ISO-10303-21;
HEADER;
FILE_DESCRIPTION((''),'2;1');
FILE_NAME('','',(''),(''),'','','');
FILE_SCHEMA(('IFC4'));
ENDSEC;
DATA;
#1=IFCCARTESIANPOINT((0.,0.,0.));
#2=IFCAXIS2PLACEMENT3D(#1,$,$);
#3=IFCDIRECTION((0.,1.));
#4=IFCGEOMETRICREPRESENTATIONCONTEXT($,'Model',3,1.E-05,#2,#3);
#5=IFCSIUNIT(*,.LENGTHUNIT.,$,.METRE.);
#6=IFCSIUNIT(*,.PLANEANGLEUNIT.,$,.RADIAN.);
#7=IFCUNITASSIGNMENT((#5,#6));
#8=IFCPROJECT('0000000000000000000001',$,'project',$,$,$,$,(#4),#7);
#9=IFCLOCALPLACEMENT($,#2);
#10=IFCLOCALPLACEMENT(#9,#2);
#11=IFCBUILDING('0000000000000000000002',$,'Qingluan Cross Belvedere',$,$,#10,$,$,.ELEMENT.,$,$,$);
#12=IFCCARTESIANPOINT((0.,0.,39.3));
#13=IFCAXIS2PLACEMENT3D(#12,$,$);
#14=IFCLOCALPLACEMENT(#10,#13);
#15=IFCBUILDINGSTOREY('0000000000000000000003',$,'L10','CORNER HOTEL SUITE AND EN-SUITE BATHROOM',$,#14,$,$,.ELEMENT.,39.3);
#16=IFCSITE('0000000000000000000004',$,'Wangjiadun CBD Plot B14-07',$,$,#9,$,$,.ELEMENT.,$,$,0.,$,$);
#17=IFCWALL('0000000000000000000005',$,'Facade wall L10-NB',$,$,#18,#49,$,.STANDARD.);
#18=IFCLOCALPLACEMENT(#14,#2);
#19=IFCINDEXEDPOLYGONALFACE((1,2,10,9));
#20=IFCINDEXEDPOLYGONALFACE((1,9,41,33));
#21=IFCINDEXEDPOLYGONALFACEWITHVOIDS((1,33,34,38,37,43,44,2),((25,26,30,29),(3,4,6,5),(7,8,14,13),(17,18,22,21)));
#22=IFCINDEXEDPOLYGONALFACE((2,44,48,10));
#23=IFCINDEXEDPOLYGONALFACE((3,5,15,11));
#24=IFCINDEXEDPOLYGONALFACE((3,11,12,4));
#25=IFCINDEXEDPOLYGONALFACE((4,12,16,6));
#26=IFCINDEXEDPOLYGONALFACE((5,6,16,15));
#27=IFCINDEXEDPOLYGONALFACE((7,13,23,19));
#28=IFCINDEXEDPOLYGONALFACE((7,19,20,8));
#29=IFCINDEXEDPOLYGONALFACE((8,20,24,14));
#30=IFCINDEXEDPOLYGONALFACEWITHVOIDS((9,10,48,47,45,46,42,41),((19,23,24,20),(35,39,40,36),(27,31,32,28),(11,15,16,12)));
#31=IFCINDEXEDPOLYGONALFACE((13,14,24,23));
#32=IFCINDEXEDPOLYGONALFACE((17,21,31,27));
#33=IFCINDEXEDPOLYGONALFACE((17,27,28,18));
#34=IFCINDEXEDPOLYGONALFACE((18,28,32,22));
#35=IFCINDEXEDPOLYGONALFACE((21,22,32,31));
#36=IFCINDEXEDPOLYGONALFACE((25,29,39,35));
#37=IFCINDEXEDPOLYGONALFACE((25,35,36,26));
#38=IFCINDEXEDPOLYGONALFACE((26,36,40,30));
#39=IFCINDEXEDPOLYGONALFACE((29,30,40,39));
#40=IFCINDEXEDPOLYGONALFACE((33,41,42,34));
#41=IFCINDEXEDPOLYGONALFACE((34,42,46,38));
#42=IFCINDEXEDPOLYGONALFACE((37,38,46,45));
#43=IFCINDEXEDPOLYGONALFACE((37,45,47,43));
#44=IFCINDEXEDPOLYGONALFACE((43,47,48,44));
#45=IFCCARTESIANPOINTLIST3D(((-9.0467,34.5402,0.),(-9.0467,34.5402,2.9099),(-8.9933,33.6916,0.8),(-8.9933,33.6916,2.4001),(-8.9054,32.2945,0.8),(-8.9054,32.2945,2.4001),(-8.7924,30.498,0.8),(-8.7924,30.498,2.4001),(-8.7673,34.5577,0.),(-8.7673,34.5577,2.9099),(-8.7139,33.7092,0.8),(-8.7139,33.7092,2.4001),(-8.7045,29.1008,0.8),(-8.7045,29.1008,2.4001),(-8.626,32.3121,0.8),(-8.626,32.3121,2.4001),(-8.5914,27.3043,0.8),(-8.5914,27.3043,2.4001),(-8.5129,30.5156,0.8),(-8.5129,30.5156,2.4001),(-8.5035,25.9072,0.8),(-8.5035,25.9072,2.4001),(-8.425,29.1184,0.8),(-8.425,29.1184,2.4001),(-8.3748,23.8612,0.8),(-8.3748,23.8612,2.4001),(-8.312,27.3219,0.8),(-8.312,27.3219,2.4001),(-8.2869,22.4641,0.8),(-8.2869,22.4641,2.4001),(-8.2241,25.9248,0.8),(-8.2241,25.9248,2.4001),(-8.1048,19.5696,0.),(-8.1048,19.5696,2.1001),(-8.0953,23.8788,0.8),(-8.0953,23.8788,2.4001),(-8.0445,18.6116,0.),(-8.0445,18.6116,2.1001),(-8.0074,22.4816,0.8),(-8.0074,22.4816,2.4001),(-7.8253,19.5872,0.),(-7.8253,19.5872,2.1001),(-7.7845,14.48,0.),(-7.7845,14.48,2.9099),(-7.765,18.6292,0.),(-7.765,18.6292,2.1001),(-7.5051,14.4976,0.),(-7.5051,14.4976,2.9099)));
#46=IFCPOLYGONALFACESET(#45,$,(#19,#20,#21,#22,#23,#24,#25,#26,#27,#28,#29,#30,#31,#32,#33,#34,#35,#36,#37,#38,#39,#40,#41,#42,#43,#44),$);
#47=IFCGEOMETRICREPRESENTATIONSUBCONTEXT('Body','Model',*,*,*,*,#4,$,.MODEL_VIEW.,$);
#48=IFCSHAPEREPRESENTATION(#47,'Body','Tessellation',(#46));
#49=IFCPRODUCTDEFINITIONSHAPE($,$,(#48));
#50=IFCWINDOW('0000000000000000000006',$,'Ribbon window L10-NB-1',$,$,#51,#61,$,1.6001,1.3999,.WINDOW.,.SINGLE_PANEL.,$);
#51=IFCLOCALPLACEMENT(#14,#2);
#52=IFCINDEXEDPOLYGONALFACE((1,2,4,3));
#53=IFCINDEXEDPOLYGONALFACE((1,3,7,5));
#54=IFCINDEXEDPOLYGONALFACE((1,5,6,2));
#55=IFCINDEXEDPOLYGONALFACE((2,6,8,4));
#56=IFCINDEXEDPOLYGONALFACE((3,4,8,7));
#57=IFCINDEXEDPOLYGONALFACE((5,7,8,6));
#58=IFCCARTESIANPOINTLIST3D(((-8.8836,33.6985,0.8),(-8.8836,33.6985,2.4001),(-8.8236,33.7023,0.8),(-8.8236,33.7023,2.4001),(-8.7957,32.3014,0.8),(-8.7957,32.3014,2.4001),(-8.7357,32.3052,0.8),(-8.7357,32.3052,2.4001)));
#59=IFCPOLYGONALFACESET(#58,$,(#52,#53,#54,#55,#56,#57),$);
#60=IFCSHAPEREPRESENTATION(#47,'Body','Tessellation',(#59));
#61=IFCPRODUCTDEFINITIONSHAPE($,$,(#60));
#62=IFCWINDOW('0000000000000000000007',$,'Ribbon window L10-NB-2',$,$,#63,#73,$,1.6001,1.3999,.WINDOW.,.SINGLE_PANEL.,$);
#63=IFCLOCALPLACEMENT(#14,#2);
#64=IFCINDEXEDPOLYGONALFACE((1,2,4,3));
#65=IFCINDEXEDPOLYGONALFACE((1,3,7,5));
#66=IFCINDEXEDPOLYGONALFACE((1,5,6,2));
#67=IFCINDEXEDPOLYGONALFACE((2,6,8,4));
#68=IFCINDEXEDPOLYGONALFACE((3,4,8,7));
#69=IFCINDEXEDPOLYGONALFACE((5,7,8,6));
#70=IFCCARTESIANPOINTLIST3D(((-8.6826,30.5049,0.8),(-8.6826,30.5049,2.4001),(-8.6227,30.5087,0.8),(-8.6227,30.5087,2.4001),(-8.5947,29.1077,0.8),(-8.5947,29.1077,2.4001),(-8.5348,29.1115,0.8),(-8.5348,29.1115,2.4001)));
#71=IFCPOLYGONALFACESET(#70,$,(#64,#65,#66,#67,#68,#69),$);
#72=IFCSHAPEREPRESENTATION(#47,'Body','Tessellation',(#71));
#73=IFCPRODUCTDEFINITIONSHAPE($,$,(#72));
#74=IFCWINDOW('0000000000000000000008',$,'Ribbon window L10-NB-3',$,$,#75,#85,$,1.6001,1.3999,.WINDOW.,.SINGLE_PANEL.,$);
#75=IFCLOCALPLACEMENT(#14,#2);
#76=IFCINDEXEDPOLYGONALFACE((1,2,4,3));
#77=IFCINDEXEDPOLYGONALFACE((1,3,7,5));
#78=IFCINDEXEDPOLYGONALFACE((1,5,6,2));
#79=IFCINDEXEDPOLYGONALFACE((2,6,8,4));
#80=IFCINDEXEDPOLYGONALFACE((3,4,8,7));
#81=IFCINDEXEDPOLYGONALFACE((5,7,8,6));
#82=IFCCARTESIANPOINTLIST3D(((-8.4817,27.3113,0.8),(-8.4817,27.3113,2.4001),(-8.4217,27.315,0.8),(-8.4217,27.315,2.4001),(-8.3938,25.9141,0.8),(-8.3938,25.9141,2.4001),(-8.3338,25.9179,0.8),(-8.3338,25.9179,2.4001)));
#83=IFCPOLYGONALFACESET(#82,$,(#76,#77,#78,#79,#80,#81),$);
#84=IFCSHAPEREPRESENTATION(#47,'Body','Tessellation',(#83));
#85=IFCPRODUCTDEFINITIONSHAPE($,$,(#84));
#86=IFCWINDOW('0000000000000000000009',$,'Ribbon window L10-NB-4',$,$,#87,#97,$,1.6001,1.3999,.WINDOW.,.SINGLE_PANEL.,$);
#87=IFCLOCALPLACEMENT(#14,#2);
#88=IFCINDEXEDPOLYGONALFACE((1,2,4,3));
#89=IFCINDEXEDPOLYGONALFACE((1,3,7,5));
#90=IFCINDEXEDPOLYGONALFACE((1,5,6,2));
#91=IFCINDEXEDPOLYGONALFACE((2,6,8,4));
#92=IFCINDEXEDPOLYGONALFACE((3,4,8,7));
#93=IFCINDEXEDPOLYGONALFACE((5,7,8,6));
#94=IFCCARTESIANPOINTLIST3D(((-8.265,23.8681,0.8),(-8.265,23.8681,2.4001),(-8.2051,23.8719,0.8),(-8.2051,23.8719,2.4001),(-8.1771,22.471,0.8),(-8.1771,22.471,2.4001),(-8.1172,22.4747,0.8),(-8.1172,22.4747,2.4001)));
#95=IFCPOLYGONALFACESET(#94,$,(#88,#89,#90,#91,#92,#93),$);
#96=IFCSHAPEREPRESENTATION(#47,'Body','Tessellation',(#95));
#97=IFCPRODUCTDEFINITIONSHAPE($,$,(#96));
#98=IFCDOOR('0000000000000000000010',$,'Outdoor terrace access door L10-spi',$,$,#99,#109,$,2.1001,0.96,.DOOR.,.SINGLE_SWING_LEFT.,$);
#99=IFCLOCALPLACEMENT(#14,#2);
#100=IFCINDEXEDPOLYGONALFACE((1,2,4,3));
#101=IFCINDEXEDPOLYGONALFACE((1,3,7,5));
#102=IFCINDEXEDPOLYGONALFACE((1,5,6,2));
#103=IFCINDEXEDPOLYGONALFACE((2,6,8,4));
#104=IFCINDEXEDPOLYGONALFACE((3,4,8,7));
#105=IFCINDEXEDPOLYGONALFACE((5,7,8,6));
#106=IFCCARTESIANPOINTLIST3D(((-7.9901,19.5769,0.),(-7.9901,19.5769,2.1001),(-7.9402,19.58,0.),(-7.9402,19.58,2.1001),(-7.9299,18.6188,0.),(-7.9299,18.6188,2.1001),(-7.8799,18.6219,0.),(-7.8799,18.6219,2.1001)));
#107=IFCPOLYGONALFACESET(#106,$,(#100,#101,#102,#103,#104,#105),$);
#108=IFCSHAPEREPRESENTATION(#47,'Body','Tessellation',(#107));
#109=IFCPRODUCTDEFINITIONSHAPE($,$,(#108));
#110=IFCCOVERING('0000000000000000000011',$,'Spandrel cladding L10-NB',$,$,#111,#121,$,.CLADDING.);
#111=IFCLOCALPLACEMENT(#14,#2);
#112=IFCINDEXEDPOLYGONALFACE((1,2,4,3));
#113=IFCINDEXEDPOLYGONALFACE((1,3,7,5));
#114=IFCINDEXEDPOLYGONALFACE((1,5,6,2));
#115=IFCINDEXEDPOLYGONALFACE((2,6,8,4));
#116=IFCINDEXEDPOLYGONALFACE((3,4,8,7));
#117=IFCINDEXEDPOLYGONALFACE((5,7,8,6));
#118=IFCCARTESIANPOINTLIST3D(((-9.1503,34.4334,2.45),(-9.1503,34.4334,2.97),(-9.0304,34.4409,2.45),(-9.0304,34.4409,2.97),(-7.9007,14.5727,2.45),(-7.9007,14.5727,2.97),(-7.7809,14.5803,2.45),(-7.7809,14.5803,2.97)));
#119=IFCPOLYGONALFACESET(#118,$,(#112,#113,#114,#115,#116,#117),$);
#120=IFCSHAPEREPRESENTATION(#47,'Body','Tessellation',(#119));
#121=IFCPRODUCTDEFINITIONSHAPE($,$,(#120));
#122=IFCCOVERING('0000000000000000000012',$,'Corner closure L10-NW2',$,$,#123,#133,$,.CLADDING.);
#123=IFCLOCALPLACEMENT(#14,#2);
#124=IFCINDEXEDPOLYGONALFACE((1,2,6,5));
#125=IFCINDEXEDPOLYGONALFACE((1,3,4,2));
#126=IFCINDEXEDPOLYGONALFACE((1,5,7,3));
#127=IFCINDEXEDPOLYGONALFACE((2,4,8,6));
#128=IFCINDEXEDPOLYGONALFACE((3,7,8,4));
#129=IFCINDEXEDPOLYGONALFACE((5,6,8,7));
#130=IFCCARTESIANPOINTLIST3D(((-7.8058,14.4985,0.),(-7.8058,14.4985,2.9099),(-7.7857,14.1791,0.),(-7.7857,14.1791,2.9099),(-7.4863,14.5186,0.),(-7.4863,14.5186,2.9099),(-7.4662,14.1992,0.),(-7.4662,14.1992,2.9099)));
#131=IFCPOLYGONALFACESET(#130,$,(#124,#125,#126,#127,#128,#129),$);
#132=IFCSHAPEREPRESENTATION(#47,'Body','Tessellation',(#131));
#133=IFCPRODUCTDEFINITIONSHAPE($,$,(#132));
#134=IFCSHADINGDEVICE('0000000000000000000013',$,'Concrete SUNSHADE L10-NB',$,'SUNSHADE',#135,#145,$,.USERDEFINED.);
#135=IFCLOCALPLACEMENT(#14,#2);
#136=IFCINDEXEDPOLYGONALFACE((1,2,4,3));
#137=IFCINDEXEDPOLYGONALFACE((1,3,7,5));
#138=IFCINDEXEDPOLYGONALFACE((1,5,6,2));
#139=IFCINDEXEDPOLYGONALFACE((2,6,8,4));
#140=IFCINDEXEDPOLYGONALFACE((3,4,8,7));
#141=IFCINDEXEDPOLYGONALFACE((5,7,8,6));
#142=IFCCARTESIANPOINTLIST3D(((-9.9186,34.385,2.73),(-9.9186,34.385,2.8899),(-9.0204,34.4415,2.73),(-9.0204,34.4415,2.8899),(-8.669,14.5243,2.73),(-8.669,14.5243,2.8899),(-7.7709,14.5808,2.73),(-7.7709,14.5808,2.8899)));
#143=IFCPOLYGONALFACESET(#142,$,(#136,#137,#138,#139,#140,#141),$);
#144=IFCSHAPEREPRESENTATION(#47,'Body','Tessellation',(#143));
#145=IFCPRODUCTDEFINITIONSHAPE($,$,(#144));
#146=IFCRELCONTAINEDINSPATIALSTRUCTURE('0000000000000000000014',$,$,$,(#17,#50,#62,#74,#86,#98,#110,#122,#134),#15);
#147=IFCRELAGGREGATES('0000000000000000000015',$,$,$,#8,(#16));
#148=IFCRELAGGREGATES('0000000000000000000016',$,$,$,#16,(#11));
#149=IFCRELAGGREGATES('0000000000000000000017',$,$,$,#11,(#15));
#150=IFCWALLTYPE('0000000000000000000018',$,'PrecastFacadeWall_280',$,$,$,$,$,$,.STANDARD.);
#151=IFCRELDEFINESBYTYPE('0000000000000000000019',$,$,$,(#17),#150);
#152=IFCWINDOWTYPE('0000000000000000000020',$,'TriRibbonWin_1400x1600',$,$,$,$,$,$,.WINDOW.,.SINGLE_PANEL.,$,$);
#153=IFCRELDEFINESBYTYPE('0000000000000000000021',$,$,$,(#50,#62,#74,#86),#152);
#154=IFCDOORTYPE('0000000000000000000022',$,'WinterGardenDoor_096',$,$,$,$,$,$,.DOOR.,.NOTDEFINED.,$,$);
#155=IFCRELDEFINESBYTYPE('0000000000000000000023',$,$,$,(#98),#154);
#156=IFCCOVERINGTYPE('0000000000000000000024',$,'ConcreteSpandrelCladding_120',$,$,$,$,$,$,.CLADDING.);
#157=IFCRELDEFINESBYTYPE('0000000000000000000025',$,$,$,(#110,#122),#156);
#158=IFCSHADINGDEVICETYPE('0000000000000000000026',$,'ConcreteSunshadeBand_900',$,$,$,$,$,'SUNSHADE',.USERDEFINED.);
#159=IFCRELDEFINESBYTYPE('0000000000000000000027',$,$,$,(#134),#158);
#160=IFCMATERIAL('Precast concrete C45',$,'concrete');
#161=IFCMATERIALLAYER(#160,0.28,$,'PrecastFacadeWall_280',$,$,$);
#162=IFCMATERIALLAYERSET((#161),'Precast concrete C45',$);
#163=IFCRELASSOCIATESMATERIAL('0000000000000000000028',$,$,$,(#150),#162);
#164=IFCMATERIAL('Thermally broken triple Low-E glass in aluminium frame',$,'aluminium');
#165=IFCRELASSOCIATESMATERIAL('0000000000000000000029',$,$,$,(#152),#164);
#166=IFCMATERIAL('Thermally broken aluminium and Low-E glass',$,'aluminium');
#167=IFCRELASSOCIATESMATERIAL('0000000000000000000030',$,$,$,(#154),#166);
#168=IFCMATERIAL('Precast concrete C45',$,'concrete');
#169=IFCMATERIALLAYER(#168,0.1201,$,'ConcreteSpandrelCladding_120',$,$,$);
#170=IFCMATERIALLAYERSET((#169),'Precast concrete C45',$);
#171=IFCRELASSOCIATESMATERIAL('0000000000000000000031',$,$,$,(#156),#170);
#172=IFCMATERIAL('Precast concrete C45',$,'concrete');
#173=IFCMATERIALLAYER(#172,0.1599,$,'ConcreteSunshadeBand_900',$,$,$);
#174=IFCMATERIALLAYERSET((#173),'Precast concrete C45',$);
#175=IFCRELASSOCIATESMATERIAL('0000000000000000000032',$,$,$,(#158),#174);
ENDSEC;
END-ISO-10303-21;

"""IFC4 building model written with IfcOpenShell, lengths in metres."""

from ifc_helpers import new_model, si_unit, direction, frame, frame_2d, origin, origin_2d, place, context, subcontext, project, spatial, rectangle, extrude, material, layer, layer_set, type_object, element, fill, save


model = new_model("IFC4")

# Units and contexts
model_context = context("Model", 3, precision=1e-05, world=origin(), true_north=direction((0.0, 1.0)))
body_context = subcontext(model_context, "Body", "Model", "MODEL_VIEW")
ifc_project = project(units=[si_unit("LENGTHUNIT", "METRE"), si_unit("PLANEANGLEUNIT", "RADIAN")], contexts=[model_context])

# Site, building, storey
site_placement = place(None, origin())
site = spatial("IfcSite", under=ifc_project, at=site_placement, Name="Wangjiadun CBD Plot B14-07", CompositionType="ELEMENT", RefElevation=0.0)
building_placement = place(site_placement, origin())
building = spatial("IfcBuilding", under=site, at=building_placement, Name="Qingluan Cross Belvedere", CompositionType="ELEMENT")
storey_placement = place(building_placement, frame((0.0, 0.0, 39.3)))
storey = spatial("IfcBuildingStorey", under=building, at=storey_placement, Name="L10", Description="CORNER HOTEL SUITE AND EN-SUITE BATHROOM", CompositionType="ELEMENT", Elevation=39.3)

# Wall, openings, windows, door
ifc_material_1 = material(Name="Precast concrete C45", Category="concrete")
ifc_layer_1 = layer(ifc_material_1, 0.28, Name="PrecastFacadeWall_280")
ifc_layer_set_1 = layer_set([ifc_layer_1], Name="Precast concrete C45")
wall_type_1 = type_object("IfcWallType", Name="PrecastFacadeWall_280", PredefinedType="STANDARD", material=ifc_layer_set_1)
wall_1_placement = place(storey_placement, frame((-8.907, 34.5488, 0.0), z_axis=(0.0, 0.0, 1.0), x_axis=(0.062796, -0.998026, 0.0)))
wall_1 = element("IfcWall", 1, at=wall_1_placement, inside=storey, type_object=wall_type_1, Name="Facade wall L10-NB", PredefinedType="STANDARD", context=body_context, shape_type="SweptSolid", body=[
    extrude(rectangle(XDim=20.0999, YDim=0.28, at=frame_2d((10.0498, 0.0))), origin(), (0.0, 0.0, 1.0), 2.9099),
])
opening_1_placement = place(wall_1_placement, frame((0.8501, 0.0, 0.8)))
opening_1 = element("IfcOpeningElement", 2, at=opening_1_placement, cuts=wall_1, PredefinedType="OPENING", context=body_context, shape_type="SweptSolid", body=[
    extrude(rectangle(XDim=1.3999, YDim=1.6001, at=frame_2d((0.7, 0.8))), frame((0.0, 0.1499, 0.0), z_axis=(0.0, -1.0, 0.0), x_axis=(1.0, 0.0, 0.0)), (0.0, 0.0, 1.0), 0.3),
])
opening_2_placement = place(wall_1_placement, frame((4.05, 0.0, 0.8)))
opening_2 = element("IfcOpeningElement", 3, at=opening_2_placement, cuts=wall_1, PredefinedType="OPENING", context=body_context, shape_type="SweptSolid", body=[
    extrude(rectangle(XDim=1.3999, YDim=1.6001, at=frame_2d((0.7, 0.8))), frame((0.0, 0.1499, 0.0), z_axis=(0.0, -1.0, 0.0), x_axis=(1.0, 0.0, 0.0)), (0.0, 0.0, 1.0), 0.3),
])
opening_3_placement = place(wall_1_placement, frame((7.25, 0.0, 0.8)))
opening_3 = element("IfcOpeningElement", 4, at=opening_3_placement, cuts=wall_1, PredefinedType="OPENING", context=body_context, shape_type="SweptSolid", body=[
    extrude(rectangle(XDim=1.3999, YDim=1.6001, at=frame_2d((0.7, 0.8))), frame((0.0, 0.1499, 0.0), z_axis=(0.0, -1.0, 0.0), x_axis=(1.0, 0.0, 0.0)), (0.0, 0.0, 1.0), 0.3),
])
opening_4_placement = place(wall_1_placement, frame((10.7, 0.0, 0.8)))
opening_4 = element("IfcOpeningElement", 5, at=opening_4_placement, cuts=wall_1, PredefinedType="OPENING", context=body_context, shape_type="SweptSolid", body=[
    extrude(rectangle(XDim=1.3999, YDim=1.6001, at=frame_2d((0.7, 0.8))), frame((0.0, 0.1499, 0.0), z_axis=(0.0, -1.0, 0.0), x_axis=(1.0, 0.0, 0.0)), (0.0, 0.0, 1.0), 0.3),
])
opening_5_placement = place(wall_1_placement, frame((15.0, 0.0, 0.0)))
opening_5 = element("IfcOpeningElement", 6, at=opening_5_placement, cuts=wall_1, PredefinedType="OPENING", context=body_context, shape_type="SweptSolid", body=[
    extrude(rectangle(XDim=0.96, YDim=2.1001, at=frame_2d((0.48, 1.05))), frame((0.0, 0.1499, 0.0), z_axis=(0.0, -1.0, 0.0), x_axis=(1.0, 0.0, 0.0)), (0.0, 0.0, 1.0), 0.3),
])
ifc_material_2 = material(Name="Thermally broken triple Low-E glass in aluminium frame", Category="aluminium")
window_type = type_object("IfcWindowType", Name="TriRibbonWin_1400x1600", PartitioningType="SINGLE_PANEL", PredefinedType="WINDOW", material=ifc_material_2)
window_1_placement = place(opening_1_placement, origin())
window_1 = element("IfcWindow", 7, at=window_1_placement, inside=storey, type_object=window_type, Name="Ribbon window L10-NB-1", OverallHeight=1.6001, OverallWidth=1.3999, PartitioningType="SINGLE_PANEL", PredefinedType="WINDOW", context=body_context, shape_type="SweptSolid", body=[
    extrude(rectangle(XDim=1.3999, YDim=1.6001, at=frame_2d((0.7, 0.8))), frame((0.0, 0.03, 0.0), z_axis=(0.0, -1.0, 0.0), x_axis=(1.0, 0.0, 0.0)), (0.0, 0.0, 1.0), 0.0601),
])
fill(opening_1, window_1)
window_2_placement = place(opening_2_placement, origin())
window_2 = element("IfcWindow", 8, at=window_2_placement, inside=storey, type_object=window_type, Name="Ribbon window L10-NB-2", OverallHeight=1.6001, OverallWidth=1.3999, PartitioningType="SINGLE_PANEL", PredefinedType="WINDOW", context=body_context, shape_type="SweptSolid", body=[
    extrude(rectangle(XDim=1.3999, YDim=1.6001, at=frame_2d((0.7, 0.8))), frame((0.0, 0.03, 0.0), z_axis=(0.0, -1.0, 0.0), x_axis=(1.0, 0.0, 0.0)), (0.0, 0.0, 1.0), 0.0601),
])
fill(opening_2, window_2)
window_3_placement = place(opening_3_placement, origin())
window_3 = element("IfcWindow", 9, at=window_3_placement, inside=storey, type_object=window_type, Name="Ribbon window L10-NB-3", OverallHeight=1.6001, OverallWidth=1.3999, PartitioningType="SINGLE_PANEL", PredefinedType="WINDOW", context=body_context, shape_type="SweptSolid", body=[
    extrude(rectangle(XDim=1.3999, YDim=1.6001, at=frame_2d((0.7, 0.8))), frame((0.0, 0.03, 0.0), z_axis=(0.0, -1.0, 0.0), x_axis=(1.0, 0.0, 0.0)), (0.0, 0.0, 1.0), 0.0601),
])
fill(opening_3, window_3)
window_4_placement = place(opening_4_placement, origin())
window_4 = element("IfcWindow", 10, at=window_4_placement, inside=storey, type_object=window_type, Name="Ribbon window L10-NB-4", OverallHeight=1.6001, OverallWidth=1.3999, PartitioningType="SINGLE_PANEL", PredefinedType="WINDOW", context=body_context, shape_type="SweptSolid", body=[
    extrude(rectangle(XDim=1.3999, YDim=1.6001, at=frame_2d((0.7, 0.8))), frame((0.0, 0.03, 0.0), z_axis=(0.0, -1.0, 0.0), x_axis=(1.0, 0.0, 0.0)), (0.0, 0.0, 1.0), 0.0601),
])
fill(opening_4, window_4)
ifc_material_3 = material(Name="Thermally broken aluminium and Low-E glass", Category="aluminium")
door_type_1 = type_object("IfcDoorType", Name="WinterGardenDoor_096", OperationType="NOTDEFINED", PredefinedType="DOOR", material=ifc_material_3)
door_1_placement = place(opening_5_placement, origin())
door_1 = element("IfcDoor", 11, at=door_1_placement, inside=storey, type_object=door_type_1, Name="Outdoor terrace access door L10-spi", OperationType="SINGLE_SWING_LEFT", OverallHeight=2.1001, OverallWidth=0.96, PredefinedType="DOOR", context=body_context, shape_type="SweptSolid", body=[
    extrude(rectangle(XDim=0.96, YDim=2.1001, at=frame_2d((0.48, 1.05))), frame((0.0, 0.0249, 0.0), z_axis=(0.0, -1.0, 0.0), x_axis=(1.0, 0.0, 0.0)), (0.0, 0.0, 1.0), 0.05),
])
fill(opening_5, door_1)

# Coverings
ifc_material_4 = material(Name="Precast concrete C45", Category="concrete")
ifc_layer_2 = layer(ifc_material_4, 0.1201, Name="ConcreteSpandrelCladding_120")
ifc_layer_set_2 = layer_set([ifc_layer_2], Name="Precast concrete C45")
covering_type_1 = type_object("IfcCoveringType", Name="ConcreteSpandrelCladding_120", PredefinedType="CLADDING", material=ifc_layer_set_2)
covering_1_placement = place(storey_placement, frame((-8.4656, 24.5068, 2.45), z_axis=(0.0, 0.0, 1.0), x_axis=(0.062791, -0.998027, 0.0)))
element("IfcCovering", 12, at=covering_1_placement, inside=storey, type_object=covering_type_1, Name="Spandrel cladding L10-NB", PredefinedType="CLADDING", context=body_context, shape_type="SweptSolid", body=[
    extrude(rectangle(XDim=19.8999, YDim=0.1201, at=origin_2d()), origin(), (0.0, 0.0, 1.0), 0.52),
])
covering_2_placement = place(storey_placement, frame((-7.636, 14.3489, 0.0), z_axis=(0.0, 0.0, 1.0), x_axis=(0.998027, 0.062791, 0.0)))
element("IfcCovering", 13, at=covering_2_placement, inside=storey, type_object=covering_type_1, Name="Corner closure L10-NW2", PredefinedType="CLADDING", context=body_context, shape_type="SweptSolid", body=[
    extrude(rectangle(XDim=0.3201, YDim=0.3201, at=origin_2d()), origin(), (0.0, 0.0, 1.0), 2.9099),
])

# Shading device
ifc_material_5 = material(Name="Precast concrete C45", Category="concrete")
ifc_layer_3 = layer(ifc_material_5, 0.1599, Name="ConcreteSunshadeBand_900")
ifc_layer_set_3 = layer_set([ifc_layer_3], Name="Precast concrete C45")
shading_device_type = type_object("IfcShadingDeviceType", Name="ConcreteSunshadeBand_900", ElementType="SUNSHADE", PredefinedType="USERDEFINED", material=ifc_layer_set_3)
shading_device_placement = place(storey_placement, frame((-8.8447, 24.4829, 2.73), z_axis=(0.0, 0.0, 1.0), x_axis=(0.062791, -0.998027, 0.0)))
element("IfcShadingDevice", 14, at=shading_device_placement, inside=storey, type_object=shading_device_type, Name="Concrete SUNSHADE L10-NB", ObjectType="SUNSHADE", PredefinedType="USERDEFINED", context=body_context, shape_type="SweptSolid", body=[
    extrude(rectangle(XDim=19.8999, YDim=0.8999, at=origin_2d()), origin(), (0.0, 0.0, 1.0), 0.1599),
])

save(model, "model.ifc")
